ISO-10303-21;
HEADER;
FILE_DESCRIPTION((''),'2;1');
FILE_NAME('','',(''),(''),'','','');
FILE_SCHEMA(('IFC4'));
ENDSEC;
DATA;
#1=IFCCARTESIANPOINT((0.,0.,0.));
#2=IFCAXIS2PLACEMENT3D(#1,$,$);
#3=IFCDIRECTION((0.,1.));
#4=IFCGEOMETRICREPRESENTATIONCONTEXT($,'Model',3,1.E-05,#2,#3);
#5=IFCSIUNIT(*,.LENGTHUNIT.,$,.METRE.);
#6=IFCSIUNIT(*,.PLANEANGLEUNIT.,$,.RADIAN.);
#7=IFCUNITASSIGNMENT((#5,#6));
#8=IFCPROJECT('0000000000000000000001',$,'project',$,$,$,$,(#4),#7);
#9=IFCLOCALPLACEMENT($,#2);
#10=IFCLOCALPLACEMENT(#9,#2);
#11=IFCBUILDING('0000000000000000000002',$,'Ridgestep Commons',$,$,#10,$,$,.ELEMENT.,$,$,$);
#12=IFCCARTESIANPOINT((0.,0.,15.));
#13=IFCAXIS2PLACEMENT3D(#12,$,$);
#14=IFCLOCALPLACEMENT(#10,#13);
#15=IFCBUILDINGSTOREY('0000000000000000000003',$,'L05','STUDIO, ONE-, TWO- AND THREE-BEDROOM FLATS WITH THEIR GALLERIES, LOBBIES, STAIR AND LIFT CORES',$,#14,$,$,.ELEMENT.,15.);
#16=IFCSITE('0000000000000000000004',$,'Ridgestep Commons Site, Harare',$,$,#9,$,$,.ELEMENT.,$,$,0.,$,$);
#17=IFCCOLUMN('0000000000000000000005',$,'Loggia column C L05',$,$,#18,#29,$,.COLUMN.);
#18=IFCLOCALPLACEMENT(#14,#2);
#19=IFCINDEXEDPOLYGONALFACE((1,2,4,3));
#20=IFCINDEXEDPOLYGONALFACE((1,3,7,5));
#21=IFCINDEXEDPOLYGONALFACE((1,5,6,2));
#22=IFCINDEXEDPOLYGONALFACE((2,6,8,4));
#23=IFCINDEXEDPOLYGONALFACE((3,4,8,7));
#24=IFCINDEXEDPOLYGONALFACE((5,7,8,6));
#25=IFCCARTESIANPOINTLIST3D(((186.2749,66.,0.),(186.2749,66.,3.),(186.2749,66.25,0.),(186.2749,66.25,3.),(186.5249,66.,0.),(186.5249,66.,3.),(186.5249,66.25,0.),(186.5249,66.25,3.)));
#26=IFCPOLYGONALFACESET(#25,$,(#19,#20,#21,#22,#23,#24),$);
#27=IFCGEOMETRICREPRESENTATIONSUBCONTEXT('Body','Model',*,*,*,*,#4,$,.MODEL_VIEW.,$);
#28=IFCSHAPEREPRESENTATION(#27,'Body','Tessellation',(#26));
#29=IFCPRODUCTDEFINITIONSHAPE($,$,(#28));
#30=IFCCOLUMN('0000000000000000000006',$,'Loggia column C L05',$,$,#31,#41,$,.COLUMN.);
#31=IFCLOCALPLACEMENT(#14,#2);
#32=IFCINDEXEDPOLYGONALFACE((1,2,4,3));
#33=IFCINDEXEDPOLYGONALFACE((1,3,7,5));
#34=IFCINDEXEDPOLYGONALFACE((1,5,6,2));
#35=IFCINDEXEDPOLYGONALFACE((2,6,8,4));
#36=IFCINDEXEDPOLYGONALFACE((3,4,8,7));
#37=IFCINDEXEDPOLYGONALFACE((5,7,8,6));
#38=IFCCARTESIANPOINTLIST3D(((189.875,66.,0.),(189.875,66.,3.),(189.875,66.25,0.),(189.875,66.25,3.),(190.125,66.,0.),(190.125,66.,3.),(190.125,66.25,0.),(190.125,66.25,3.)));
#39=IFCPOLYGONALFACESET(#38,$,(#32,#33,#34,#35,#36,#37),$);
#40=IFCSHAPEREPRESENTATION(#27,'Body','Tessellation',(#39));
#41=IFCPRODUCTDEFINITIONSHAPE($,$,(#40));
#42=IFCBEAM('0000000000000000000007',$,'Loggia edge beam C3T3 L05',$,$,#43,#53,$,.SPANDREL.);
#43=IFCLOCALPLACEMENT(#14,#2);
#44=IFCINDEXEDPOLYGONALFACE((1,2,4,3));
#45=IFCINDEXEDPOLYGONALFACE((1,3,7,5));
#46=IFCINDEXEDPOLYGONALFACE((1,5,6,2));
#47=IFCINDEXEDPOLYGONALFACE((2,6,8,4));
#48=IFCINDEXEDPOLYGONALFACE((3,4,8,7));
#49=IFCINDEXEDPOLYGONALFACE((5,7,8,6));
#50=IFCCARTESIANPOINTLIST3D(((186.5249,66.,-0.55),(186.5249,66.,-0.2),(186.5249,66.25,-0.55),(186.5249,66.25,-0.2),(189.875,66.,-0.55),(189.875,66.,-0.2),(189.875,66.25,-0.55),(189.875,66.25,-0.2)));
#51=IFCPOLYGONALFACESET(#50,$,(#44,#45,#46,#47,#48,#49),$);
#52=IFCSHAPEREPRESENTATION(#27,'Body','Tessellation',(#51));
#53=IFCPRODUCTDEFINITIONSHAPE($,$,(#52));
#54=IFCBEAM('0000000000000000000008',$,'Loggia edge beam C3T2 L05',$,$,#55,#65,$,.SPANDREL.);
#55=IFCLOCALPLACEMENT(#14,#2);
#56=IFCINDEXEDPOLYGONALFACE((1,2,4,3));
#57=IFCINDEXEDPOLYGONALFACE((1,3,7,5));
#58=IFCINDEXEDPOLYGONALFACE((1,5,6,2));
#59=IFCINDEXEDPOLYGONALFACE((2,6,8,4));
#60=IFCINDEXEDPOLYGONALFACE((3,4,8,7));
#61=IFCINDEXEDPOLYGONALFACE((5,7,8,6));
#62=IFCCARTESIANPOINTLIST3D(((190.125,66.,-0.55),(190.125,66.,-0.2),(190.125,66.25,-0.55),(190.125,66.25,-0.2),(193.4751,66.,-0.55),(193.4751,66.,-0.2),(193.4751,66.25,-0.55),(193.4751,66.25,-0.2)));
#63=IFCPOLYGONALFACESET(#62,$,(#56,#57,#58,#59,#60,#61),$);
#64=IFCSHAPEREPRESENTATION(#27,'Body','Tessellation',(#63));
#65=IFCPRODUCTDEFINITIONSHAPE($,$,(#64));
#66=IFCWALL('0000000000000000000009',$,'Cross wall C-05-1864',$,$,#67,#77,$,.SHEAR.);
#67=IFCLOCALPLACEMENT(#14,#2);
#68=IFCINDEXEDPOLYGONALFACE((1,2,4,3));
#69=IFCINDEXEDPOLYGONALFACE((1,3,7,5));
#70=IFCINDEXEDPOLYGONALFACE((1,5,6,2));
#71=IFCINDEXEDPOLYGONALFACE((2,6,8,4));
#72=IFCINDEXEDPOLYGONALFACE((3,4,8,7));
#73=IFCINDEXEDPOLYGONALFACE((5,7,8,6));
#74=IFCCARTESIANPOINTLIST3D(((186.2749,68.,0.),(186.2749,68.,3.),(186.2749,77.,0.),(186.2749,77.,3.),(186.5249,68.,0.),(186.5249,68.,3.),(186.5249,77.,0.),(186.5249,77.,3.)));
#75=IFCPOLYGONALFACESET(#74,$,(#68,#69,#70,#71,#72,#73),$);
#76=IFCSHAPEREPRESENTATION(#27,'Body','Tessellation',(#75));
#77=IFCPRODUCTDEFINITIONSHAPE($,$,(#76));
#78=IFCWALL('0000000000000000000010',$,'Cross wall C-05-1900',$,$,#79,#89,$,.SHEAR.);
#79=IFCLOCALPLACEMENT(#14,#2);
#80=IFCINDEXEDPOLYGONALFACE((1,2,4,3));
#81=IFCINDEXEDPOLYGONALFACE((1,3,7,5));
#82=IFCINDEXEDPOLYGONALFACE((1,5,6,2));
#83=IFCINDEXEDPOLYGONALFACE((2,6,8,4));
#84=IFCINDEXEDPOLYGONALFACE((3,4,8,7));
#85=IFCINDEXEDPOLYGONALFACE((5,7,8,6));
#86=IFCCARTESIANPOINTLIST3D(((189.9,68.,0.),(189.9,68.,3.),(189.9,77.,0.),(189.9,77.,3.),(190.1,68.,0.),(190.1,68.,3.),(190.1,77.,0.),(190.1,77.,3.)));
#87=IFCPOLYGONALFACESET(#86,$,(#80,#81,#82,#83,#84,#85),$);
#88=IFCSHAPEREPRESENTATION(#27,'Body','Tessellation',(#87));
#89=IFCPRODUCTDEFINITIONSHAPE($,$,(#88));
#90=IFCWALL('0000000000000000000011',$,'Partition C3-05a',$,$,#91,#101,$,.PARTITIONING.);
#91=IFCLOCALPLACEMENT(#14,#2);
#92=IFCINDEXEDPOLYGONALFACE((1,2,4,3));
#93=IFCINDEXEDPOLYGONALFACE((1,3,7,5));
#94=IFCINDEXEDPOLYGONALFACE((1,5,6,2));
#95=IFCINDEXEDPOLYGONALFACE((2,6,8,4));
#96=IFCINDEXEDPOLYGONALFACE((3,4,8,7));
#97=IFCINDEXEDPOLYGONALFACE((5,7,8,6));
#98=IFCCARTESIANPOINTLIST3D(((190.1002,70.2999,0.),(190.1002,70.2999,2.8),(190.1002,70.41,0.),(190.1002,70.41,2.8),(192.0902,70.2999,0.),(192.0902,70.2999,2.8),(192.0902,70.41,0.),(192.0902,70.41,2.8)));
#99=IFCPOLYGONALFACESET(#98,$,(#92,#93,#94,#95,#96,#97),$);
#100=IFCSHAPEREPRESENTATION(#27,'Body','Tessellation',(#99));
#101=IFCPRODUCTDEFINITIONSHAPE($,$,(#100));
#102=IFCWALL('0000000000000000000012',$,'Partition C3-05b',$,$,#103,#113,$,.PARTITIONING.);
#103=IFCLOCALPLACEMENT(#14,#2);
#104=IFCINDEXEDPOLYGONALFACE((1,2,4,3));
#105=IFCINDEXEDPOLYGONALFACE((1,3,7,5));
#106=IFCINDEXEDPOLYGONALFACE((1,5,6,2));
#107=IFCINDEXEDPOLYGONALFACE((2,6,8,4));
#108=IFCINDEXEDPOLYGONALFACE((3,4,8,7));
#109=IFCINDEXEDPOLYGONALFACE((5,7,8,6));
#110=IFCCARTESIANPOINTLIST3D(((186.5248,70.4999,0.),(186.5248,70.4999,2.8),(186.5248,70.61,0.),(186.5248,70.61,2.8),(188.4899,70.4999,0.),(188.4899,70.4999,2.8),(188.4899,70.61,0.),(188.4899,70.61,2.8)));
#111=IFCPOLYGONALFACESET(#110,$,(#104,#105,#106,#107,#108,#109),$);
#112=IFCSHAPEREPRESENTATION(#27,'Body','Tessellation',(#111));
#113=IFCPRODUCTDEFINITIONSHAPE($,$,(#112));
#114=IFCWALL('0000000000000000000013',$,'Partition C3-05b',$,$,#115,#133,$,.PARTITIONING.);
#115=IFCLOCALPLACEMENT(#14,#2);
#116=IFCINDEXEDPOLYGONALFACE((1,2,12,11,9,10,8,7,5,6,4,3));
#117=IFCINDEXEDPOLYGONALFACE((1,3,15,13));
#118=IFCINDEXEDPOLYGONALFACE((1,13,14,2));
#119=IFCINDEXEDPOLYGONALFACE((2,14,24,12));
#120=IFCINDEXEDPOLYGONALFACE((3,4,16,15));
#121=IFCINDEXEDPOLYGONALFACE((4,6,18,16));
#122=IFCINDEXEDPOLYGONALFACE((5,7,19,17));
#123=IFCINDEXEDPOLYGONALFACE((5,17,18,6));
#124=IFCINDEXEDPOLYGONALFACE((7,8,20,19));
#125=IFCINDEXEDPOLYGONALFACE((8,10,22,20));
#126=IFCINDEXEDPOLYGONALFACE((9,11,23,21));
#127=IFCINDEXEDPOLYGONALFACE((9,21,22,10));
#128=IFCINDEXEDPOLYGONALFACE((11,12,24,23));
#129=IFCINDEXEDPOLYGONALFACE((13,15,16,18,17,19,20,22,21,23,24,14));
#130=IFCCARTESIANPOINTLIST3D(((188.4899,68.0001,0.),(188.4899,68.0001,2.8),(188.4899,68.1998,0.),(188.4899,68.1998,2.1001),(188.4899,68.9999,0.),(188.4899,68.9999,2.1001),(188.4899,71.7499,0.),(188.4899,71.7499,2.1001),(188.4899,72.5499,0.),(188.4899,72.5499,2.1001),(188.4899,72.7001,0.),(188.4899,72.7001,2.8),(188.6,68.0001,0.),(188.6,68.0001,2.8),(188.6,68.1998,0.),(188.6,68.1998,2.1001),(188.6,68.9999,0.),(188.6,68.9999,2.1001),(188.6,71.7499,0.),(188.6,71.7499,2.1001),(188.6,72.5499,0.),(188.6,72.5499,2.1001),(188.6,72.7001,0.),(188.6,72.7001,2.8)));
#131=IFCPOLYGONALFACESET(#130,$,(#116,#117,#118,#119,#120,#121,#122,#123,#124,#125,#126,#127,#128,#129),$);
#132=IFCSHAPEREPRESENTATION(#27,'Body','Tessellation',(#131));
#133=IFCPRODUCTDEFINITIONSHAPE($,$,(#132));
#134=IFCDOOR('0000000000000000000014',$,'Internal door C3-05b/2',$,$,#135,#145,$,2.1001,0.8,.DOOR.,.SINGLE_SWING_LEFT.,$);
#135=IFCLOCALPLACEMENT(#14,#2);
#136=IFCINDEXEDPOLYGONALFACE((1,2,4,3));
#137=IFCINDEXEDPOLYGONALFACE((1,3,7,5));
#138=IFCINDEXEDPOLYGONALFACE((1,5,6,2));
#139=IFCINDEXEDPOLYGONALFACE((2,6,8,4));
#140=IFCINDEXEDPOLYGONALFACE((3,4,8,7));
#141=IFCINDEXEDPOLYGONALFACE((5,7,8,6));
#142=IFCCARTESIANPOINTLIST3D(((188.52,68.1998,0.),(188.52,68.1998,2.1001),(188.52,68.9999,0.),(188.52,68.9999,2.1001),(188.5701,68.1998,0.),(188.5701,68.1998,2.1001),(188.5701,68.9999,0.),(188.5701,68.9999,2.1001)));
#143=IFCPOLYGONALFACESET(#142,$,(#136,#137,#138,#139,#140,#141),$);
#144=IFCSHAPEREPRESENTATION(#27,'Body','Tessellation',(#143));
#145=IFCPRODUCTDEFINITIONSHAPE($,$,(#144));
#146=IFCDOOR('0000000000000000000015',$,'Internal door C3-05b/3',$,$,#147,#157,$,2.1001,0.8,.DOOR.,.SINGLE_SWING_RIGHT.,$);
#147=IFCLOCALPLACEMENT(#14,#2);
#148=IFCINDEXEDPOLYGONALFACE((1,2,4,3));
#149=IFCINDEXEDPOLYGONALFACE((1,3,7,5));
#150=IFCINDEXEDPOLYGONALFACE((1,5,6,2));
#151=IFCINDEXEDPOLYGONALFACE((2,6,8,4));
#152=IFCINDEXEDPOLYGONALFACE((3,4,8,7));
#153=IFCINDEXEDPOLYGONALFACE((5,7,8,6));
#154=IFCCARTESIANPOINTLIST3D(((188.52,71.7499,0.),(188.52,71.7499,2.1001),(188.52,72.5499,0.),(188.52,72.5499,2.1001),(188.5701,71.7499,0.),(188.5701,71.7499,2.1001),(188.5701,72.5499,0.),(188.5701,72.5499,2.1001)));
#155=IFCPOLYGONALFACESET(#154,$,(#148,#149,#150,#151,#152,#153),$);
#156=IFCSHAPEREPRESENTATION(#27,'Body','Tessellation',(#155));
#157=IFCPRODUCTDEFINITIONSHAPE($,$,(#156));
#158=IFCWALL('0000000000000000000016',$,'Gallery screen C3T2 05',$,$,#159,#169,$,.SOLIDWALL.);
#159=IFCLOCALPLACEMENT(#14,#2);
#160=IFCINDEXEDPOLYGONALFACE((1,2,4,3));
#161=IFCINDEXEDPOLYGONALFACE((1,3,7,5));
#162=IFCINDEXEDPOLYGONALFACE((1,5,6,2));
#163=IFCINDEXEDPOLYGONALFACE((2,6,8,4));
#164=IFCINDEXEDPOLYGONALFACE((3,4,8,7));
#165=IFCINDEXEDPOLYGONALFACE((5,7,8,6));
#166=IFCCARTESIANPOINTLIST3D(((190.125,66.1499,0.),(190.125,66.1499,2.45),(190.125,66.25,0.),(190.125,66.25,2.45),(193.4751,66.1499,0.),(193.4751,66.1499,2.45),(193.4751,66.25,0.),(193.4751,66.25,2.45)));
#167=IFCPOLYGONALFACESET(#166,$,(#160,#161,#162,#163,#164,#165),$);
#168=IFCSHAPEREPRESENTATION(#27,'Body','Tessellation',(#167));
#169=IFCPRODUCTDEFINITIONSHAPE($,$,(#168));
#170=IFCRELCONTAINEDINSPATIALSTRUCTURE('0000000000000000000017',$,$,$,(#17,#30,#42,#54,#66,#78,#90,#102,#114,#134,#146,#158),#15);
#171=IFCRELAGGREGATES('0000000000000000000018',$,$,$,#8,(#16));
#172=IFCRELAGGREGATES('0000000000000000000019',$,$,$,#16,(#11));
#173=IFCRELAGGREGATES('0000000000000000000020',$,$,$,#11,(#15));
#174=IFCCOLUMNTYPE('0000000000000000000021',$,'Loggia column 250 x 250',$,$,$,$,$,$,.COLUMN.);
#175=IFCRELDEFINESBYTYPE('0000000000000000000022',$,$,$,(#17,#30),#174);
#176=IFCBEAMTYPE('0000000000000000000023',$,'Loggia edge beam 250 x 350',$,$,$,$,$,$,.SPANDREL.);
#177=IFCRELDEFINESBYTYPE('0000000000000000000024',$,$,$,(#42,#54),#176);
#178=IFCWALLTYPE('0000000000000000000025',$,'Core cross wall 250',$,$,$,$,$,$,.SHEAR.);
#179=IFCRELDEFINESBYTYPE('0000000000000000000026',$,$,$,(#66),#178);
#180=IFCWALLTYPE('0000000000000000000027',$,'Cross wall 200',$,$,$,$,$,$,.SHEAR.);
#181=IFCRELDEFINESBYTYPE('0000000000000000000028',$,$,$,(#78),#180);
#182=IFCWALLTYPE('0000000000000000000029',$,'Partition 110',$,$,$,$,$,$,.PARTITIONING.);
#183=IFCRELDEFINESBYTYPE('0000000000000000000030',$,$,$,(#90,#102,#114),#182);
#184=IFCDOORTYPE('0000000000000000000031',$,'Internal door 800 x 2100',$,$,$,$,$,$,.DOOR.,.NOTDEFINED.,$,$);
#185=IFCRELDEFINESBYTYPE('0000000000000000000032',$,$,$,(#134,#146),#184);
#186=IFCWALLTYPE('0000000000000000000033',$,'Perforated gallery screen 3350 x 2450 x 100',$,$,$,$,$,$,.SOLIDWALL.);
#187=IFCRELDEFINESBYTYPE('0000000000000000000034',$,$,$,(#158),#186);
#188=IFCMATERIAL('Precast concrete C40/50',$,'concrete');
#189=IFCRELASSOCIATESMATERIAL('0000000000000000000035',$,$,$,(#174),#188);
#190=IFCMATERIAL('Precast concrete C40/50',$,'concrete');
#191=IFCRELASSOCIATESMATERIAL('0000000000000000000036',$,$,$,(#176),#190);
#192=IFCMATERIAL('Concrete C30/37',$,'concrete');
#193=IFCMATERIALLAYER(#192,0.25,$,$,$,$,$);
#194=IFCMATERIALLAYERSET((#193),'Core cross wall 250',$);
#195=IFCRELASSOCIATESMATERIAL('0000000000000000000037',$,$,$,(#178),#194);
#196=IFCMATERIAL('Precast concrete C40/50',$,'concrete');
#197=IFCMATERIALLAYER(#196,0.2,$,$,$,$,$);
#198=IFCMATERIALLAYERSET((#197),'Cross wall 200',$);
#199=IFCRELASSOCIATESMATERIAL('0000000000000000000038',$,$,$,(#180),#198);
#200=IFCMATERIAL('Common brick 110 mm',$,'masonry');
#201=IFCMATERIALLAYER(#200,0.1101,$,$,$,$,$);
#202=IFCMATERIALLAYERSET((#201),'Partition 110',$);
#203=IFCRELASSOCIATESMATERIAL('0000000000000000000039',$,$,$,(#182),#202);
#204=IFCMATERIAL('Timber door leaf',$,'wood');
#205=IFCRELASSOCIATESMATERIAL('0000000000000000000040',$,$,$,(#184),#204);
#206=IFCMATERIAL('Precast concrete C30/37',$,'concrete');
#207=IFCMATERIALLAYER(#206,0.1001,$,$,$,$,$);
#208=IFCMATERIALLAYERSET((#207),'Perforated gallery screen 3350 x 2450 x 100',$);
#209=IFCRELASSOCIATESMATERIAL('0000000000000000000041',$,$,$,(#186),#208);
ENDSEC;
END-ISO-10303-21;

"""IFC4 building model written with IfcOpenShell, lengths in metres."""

from ifc_helpers import new_model, si_unit, direction, frame, frame_2d, origin, origin_2d, place, context, subcontext, project, spatial, rectangle, extrude, material, layer, layer_set, material_profile, profile_set, type_object, element, fill, save


model = new_model("IFC4")

# Units and contexts
model_context = context("Model", 3, precision=1e-05, world=origin(), true_north=direction((0.0, 1.0)))
body_context = subcontext(model_context, "Body", "Model", "MODEL_VIEW")
ifc_project = project(units=[si_unit("LENGTHUNIT", "METRE"), si_unit("PLANEANGLEUNIT", "RADIAN")], contexts=[model_context])

# Site, building, storey
site_placement = place(None, origin())
site = spatial("IfcSite", under=ifc_project, at=site_placement, Name="Ridgestep Commons Site, Harare", CompositionType="ELEMENT", RefElevation=0.0)
building_placement = place(site_placement, origin())
building = spatial("IfcBuilding", under=site, at=building_placement, Name="Ridgestep Commons", CompositionType="ELEMENT")
storey_placement = place(building_placement, frame((0.0, 0.0, 15.0)))
storey = spatial("IfcBuildingStorey", under=building, at=storey_placement, Name="L05", Description="STUDIO, ONE-, TWO- AND THREE-BEDROOM FLATS WITH THEIR GALLERIES, LOBBIES, STAIR AND LIFT CORES", CompositionType="ELEMENT", Elevation=15.0)

# Columns
ifc_material_1 = material(Name="Precast concrete C40/50", Category="concrete")
ifc_material_profile_1 = material_profile(ifc_material_1, rectangle(XDim=0.25, YDim=0.25, at=origin_2d()), Name="PC 250x250")
ifc_profile_set_1 = profile_set([ifc_material_profile_1], Name="Precast concrete C40/50")
column_type = type_object("IfcColumnType", Name="Loggia column 250 x 250", PredefinedType="COLUMN", material=ifc_profile_set_1)
for number, where, z_axis, x_axis, name in (
    (1, (186.3999, 66.125, 0.0), (0.0, 0.0, 1.0), (1.0, 0.0, 0.0), "Loggia column C L05"),
    (2, (190.0, 66.125, 0.0), (0.0, 0.0, 1.0), (1.0, 0.0, 0.0), "Loggia column C L05"),
):
    element("IfcColumn", number, at=place(storey_placement, frame(where, z_axis=z_axis, x_axis=x_axis)), inside=storey, type_object=column_type, Name=name, PredefinedType="COLUMN", context=body_context, shape_type="SweptSolid", body=[
        extrude(rectangle(XDim=0.25, YDim=0.25, at=origin_2d()), origin(), (0.0, 0.0, 1.0), 3.0),
    ])

# Beams
ifc_material_2 = material(Name="Precast concrete C40/50", Category="concrete")
ifc_material_profile_2 = material_profile(ifc_material_2, rectangle(XDim=0.25, YDim=0.3501, at=origin_2d()), Name="PC 250x350")
ifc_profile_set_2 = profile_set([ifc_material_profile_2], Name="Precast concrete C40/50")
beam_type = type_object("IfcBeamType", Name="Loggia edge beam 250 x 350", PredefinedType="SPANDREL", material=ifc_profile_set_2)
for number, where, z_axis, x_axis, name in (
    (3, (186.5249, 66.125, -0.375), (1.0, 0.0, 0.0), (0.0, 1.0, 0.0), "Loggia edge beam C3T3 L05"),
    (4, (190.125, 66.125, -0.375), (1.0, 0.0, 0.0), (0.0, 1.0, 0.0), "Loggia edge beam C3T2 L05"),
):
    element("IfcBeam", number, at=place(storey_placement, frame(where, z_axis=z_axis, x_axis=x_axis)), inside=storey, type_object=beam_type, Name=name, PredefinedType="SPANDREL", context=body_context, shape_type="SweptSolid", body=[
        extrude(rectangle(XDim=0.25, YDim=0.3501, at=origin_2d()), origin(), (0.0, 0.0, 1.0), 3.3501),
    ])

# Walls
ifc_material_3 = material(Name="Concrete C30/37", Category="concrete")
ifc_layer_1 = layer(ifc_material_3, 0.25)
ifc_layer_set_1 = layer_set([ifc_layer_1], Name="Core cross wall 250")
wall_type_1 = type_object("IfcWallType", Name="Core cross wall 250", PredefinedType="SHEAR", material=ifc_layer_set_1)
wall_1_placement = place(storey_placement, frame((186.3999, 68.0, 0.0), z_axis=(0.0, 0.0, 1.0), x_axis=(0.0, 1.0, 0.0)))
element("IfcWall", 5, at=wall_1_placement, inside=storey, type_object=wall_type_1, Name="Cross wall C-05-1864", PredefinedType="SHEAR", context=body_context, shape_type="SweptSolid", body=[
    extrude(rectangle(XDim=9.0, YDim=0.25, at=frame_2d((4.5, 0.0))), origin(), (0.0, 0.0, 1.0), 3.0),
])
ifc_material_4 = material(Name="Precast concrete C40/50", Category="concrete")
ifc_layer_2 = layer(ifc_material_4, 0.2)
ifc_layer_set_2 = layer_set([ifc_layer_2], Name="Cross wall 200")
wall_type_2 = type_object("IfcWallType", Name="Cross wall 200", PredefinedType="SHEAR", material=ifc_layer_set_2)
wall_2_placement = place(storey_placement, frame((190.0, 68.0, 0.0), z_axis=(0.0, 0.0, 1.0), x_axis=(0.0, 1.0, 0.0)))
element("IfcWall", 6, at=wall_2_placement, inside=storey, type_object=wall_type_2, Name="Cross wall C-05-1900", PredefinedType="SHEAR", context=body_context, shape_type="SweptSolid", body=[
    extrude(rectangle(XDim=9.0, YDim=0.2, at=frame_2d((4.5, 0.0))), origin(), (0.0, 0.0, 1.0), 3.0),
])
ifc_material_5 = material(Name="Common brick 110 mm", Category="masonry")
ifc_layer_3 = layer(ifc_material_5, 0.1101)
ifc_layer_set_3 = layer_set([ifc_layer_3], Name="Partition 110")
wall_type_3 = type_object("IfcWallType", Name="Partition 110", PredefinedType="PARTITIONING", material=ifc_layer_set_3)
wall_3_placement = place(storey_placement, frame((190.1001, 70.355, 0.0), z_axis=(0.0, 0.0, 1.0), x_axis=(1.0, 0.0, 0.0)))
element("IfcWall", 7, at=wall_3_placement, inside=storey, type_object=wall_type_3, Name="Partition C3-05a", PredefinedType="PARTITIONING", context=body_context, shape_type="SweptSolid", body=[
    extrude(rectangle(XDim=1.99, YDim=0.1101, at=frame_2d((0.9951, 0.0))), origin(), (0.0, 0.0, 1.0), 2.8),
])
wall_4_placement = place(storey_placement, frame((186.5249, 70.5549, 0.0), z_axis=(0.0, 0.0, 1.0), x_axis=(1.0, 0.0, 0.0)))
element("IfcWall", 8, at=wall_4_placement, inside=storey, type_object=wall_type_3, Name="Partition C3-05b", PredefinedType="PARTITIONING", context=body_context, shape_type="SweptSolid", body=[
    extrude(rectangle(XDim=1.9651, YDim=0.1101, at=frame_2d((0.9824, 0.0))), origin(), (0.0, 0.0, 1.0), 2.8),
])

# Wall, openings, doors
wall_5_placement = place(storey_placement, frame((188.5449, 68.0, 0.0), z_axis=(0.0, 0.0, 1.0), x_axis=(0.0, 1.0, 0.0)))
wall_5 = element("IfcWall", 9, at=wall_5_placement, inside=storey, type_object=wall_type_3, Name="Partition C3-05b", PredefinedType="PARTITIONING", context=body_context, shape_type="SweptSolid", body=[
    extrude(rectangle(XDim=4.7, YDim=0.1101, at=frame_2d((2.3501, 0.0))), origin(), (0.0, 0.0, 1.0), 2.8),
])
opening_1_placement = place(wall_5_placement, frame((0.2, 0.0, 0.0)))
opening_1 = element("IfcOpeningElement", 10, at=opening_1_placement, cuts=wall_5, PredefinedType="OPENING", context=body_context, shape_type="SweptSolid", body=[
    extrude(rectangle(XDim=0.8, YDim=2.1001, at=frame_2d((0.3999, 1.05))), frame((0.0, 0.0649, 0.0), z_axis=(0.0, -1.0, 0.0), x_axis=(1.0, 0.0, 0.0)), (0.0, 0.0, 1.0), 0.1301),
])
opening_2_placement = place(wall_5_placement, frame((3.75, 0.0, 0.0)))
opening_2 = element("IfcOpeningElement", 11, at=opening_2_placement, cuts=wall_5, PredefinedType="OPENING", context=body_context, shape_type="SweptSolid", body=[
    extrude(rectangle(XDim=0.8, YDim=2.1001, at=frame_2d((0.3999, 1.05))), frame((0.0, 0.0649, 0.0), z_axis=(0.0, -1.0, 0.0), x_axis=(1.0, 0.0, 0.0)), (0.0, 0.0, 1.0), 0.1301),
])
ifc_material_6 = material(Name="Timber door leaf", Category="wood")
door_type_1 = type_object("IfcDoorType", Name="Internal door 800 x 2100", OperationType="NOTDEFINED", PredefinedType="DOOR", material=ifc_material_6)
door_1_placement = place(opening_1_placement, origin())
door_1 = element("IfcDoor", 12, at=door_1_placement, inside=storey, type_object=door_type_1, Name="Internal door C3-05b/2", OperationType="SINGLE_SWING_LEFT", OverallHeight=2.1001, OverallWidth=0.8, PredefinedType="DOOR", context=body_context, shape_type="SweptSolid", body=[
    extrude(rectangle(XDim=0.8, YDim=2.1001, at=frame_2d((0.3999, 1.05))), frame((0.0, 0.0249, 0.0), z_axis=(0.0, -1.0, 0.0), x_axis=(1.0, 0.0, 0.0)), (0.0, 0.0, 1.0), 0.05),
])
fill(opening_1, door_1)
door_2_placement = place(opening_2_placement, origin())
door_2 = element("IfcDoor", 13, at=door_2_placement, inside=storey, type_object=door_type_1, Name="Internal door C3-05b/3", OperationType="SINGLE_SWING_RIGHT", OverallHeight=2.1001, OverallWidth=0.8, PredefinedType="DOOR", context=body_context, shape_type="SweptSolid", body=[
    extrude(rectangle(XDim=0.8, YDim=2.1001, at=frame_2d((0.3999, 1.05))), frame((0.0, 0.0249, 0.0), z_axis=(0.0, -1.0, 0.0), x_axis=(1.0, 0.0, 0.0)), (0.0, 0.0, 1.0), 0.05),
])
fill(opening_2, door_2)

# Wall
ifc_material_7 = material(Name="Precast concrete C30/37", Category="concrete")
ifc_layer_4 = layer(ifc_material_7, 0.1001)
ifc_layer_set_4 = layer_set([ifc_layer_4], Name="Perforated gallery screen 3350 x 2450 x 100")
wall_type_4 = type_object("IfcWallType", Name="Perforated gallery screen 3350 x 2450 x 100", PredefinedType="SOLIDWALL", material=ifc_layer_set_4)
wall_6_placement = place(storey_placement, frame((190.125, 66.2, 0.0), z_axis=(0.0, 0.0, 1.0), x_axis=(1.0, 0.0, 0.0)))
element("IfcWall", 14, at=wall_6_placement, inside=storey, type_object=wall_type_4, Name="Gallery screen C3T2 05", PredefinedType="SOLIDWALL", context=body_context, shape_type="SweptSolid", body=[
    extrude(rectangle(XDim=3.3501, YDim=0.1001, at=frame_2d((1.675, 0.0))), origin(), (0.0, 0.0, 1.0), 2.45),
])

save(model, "model.ifc")
